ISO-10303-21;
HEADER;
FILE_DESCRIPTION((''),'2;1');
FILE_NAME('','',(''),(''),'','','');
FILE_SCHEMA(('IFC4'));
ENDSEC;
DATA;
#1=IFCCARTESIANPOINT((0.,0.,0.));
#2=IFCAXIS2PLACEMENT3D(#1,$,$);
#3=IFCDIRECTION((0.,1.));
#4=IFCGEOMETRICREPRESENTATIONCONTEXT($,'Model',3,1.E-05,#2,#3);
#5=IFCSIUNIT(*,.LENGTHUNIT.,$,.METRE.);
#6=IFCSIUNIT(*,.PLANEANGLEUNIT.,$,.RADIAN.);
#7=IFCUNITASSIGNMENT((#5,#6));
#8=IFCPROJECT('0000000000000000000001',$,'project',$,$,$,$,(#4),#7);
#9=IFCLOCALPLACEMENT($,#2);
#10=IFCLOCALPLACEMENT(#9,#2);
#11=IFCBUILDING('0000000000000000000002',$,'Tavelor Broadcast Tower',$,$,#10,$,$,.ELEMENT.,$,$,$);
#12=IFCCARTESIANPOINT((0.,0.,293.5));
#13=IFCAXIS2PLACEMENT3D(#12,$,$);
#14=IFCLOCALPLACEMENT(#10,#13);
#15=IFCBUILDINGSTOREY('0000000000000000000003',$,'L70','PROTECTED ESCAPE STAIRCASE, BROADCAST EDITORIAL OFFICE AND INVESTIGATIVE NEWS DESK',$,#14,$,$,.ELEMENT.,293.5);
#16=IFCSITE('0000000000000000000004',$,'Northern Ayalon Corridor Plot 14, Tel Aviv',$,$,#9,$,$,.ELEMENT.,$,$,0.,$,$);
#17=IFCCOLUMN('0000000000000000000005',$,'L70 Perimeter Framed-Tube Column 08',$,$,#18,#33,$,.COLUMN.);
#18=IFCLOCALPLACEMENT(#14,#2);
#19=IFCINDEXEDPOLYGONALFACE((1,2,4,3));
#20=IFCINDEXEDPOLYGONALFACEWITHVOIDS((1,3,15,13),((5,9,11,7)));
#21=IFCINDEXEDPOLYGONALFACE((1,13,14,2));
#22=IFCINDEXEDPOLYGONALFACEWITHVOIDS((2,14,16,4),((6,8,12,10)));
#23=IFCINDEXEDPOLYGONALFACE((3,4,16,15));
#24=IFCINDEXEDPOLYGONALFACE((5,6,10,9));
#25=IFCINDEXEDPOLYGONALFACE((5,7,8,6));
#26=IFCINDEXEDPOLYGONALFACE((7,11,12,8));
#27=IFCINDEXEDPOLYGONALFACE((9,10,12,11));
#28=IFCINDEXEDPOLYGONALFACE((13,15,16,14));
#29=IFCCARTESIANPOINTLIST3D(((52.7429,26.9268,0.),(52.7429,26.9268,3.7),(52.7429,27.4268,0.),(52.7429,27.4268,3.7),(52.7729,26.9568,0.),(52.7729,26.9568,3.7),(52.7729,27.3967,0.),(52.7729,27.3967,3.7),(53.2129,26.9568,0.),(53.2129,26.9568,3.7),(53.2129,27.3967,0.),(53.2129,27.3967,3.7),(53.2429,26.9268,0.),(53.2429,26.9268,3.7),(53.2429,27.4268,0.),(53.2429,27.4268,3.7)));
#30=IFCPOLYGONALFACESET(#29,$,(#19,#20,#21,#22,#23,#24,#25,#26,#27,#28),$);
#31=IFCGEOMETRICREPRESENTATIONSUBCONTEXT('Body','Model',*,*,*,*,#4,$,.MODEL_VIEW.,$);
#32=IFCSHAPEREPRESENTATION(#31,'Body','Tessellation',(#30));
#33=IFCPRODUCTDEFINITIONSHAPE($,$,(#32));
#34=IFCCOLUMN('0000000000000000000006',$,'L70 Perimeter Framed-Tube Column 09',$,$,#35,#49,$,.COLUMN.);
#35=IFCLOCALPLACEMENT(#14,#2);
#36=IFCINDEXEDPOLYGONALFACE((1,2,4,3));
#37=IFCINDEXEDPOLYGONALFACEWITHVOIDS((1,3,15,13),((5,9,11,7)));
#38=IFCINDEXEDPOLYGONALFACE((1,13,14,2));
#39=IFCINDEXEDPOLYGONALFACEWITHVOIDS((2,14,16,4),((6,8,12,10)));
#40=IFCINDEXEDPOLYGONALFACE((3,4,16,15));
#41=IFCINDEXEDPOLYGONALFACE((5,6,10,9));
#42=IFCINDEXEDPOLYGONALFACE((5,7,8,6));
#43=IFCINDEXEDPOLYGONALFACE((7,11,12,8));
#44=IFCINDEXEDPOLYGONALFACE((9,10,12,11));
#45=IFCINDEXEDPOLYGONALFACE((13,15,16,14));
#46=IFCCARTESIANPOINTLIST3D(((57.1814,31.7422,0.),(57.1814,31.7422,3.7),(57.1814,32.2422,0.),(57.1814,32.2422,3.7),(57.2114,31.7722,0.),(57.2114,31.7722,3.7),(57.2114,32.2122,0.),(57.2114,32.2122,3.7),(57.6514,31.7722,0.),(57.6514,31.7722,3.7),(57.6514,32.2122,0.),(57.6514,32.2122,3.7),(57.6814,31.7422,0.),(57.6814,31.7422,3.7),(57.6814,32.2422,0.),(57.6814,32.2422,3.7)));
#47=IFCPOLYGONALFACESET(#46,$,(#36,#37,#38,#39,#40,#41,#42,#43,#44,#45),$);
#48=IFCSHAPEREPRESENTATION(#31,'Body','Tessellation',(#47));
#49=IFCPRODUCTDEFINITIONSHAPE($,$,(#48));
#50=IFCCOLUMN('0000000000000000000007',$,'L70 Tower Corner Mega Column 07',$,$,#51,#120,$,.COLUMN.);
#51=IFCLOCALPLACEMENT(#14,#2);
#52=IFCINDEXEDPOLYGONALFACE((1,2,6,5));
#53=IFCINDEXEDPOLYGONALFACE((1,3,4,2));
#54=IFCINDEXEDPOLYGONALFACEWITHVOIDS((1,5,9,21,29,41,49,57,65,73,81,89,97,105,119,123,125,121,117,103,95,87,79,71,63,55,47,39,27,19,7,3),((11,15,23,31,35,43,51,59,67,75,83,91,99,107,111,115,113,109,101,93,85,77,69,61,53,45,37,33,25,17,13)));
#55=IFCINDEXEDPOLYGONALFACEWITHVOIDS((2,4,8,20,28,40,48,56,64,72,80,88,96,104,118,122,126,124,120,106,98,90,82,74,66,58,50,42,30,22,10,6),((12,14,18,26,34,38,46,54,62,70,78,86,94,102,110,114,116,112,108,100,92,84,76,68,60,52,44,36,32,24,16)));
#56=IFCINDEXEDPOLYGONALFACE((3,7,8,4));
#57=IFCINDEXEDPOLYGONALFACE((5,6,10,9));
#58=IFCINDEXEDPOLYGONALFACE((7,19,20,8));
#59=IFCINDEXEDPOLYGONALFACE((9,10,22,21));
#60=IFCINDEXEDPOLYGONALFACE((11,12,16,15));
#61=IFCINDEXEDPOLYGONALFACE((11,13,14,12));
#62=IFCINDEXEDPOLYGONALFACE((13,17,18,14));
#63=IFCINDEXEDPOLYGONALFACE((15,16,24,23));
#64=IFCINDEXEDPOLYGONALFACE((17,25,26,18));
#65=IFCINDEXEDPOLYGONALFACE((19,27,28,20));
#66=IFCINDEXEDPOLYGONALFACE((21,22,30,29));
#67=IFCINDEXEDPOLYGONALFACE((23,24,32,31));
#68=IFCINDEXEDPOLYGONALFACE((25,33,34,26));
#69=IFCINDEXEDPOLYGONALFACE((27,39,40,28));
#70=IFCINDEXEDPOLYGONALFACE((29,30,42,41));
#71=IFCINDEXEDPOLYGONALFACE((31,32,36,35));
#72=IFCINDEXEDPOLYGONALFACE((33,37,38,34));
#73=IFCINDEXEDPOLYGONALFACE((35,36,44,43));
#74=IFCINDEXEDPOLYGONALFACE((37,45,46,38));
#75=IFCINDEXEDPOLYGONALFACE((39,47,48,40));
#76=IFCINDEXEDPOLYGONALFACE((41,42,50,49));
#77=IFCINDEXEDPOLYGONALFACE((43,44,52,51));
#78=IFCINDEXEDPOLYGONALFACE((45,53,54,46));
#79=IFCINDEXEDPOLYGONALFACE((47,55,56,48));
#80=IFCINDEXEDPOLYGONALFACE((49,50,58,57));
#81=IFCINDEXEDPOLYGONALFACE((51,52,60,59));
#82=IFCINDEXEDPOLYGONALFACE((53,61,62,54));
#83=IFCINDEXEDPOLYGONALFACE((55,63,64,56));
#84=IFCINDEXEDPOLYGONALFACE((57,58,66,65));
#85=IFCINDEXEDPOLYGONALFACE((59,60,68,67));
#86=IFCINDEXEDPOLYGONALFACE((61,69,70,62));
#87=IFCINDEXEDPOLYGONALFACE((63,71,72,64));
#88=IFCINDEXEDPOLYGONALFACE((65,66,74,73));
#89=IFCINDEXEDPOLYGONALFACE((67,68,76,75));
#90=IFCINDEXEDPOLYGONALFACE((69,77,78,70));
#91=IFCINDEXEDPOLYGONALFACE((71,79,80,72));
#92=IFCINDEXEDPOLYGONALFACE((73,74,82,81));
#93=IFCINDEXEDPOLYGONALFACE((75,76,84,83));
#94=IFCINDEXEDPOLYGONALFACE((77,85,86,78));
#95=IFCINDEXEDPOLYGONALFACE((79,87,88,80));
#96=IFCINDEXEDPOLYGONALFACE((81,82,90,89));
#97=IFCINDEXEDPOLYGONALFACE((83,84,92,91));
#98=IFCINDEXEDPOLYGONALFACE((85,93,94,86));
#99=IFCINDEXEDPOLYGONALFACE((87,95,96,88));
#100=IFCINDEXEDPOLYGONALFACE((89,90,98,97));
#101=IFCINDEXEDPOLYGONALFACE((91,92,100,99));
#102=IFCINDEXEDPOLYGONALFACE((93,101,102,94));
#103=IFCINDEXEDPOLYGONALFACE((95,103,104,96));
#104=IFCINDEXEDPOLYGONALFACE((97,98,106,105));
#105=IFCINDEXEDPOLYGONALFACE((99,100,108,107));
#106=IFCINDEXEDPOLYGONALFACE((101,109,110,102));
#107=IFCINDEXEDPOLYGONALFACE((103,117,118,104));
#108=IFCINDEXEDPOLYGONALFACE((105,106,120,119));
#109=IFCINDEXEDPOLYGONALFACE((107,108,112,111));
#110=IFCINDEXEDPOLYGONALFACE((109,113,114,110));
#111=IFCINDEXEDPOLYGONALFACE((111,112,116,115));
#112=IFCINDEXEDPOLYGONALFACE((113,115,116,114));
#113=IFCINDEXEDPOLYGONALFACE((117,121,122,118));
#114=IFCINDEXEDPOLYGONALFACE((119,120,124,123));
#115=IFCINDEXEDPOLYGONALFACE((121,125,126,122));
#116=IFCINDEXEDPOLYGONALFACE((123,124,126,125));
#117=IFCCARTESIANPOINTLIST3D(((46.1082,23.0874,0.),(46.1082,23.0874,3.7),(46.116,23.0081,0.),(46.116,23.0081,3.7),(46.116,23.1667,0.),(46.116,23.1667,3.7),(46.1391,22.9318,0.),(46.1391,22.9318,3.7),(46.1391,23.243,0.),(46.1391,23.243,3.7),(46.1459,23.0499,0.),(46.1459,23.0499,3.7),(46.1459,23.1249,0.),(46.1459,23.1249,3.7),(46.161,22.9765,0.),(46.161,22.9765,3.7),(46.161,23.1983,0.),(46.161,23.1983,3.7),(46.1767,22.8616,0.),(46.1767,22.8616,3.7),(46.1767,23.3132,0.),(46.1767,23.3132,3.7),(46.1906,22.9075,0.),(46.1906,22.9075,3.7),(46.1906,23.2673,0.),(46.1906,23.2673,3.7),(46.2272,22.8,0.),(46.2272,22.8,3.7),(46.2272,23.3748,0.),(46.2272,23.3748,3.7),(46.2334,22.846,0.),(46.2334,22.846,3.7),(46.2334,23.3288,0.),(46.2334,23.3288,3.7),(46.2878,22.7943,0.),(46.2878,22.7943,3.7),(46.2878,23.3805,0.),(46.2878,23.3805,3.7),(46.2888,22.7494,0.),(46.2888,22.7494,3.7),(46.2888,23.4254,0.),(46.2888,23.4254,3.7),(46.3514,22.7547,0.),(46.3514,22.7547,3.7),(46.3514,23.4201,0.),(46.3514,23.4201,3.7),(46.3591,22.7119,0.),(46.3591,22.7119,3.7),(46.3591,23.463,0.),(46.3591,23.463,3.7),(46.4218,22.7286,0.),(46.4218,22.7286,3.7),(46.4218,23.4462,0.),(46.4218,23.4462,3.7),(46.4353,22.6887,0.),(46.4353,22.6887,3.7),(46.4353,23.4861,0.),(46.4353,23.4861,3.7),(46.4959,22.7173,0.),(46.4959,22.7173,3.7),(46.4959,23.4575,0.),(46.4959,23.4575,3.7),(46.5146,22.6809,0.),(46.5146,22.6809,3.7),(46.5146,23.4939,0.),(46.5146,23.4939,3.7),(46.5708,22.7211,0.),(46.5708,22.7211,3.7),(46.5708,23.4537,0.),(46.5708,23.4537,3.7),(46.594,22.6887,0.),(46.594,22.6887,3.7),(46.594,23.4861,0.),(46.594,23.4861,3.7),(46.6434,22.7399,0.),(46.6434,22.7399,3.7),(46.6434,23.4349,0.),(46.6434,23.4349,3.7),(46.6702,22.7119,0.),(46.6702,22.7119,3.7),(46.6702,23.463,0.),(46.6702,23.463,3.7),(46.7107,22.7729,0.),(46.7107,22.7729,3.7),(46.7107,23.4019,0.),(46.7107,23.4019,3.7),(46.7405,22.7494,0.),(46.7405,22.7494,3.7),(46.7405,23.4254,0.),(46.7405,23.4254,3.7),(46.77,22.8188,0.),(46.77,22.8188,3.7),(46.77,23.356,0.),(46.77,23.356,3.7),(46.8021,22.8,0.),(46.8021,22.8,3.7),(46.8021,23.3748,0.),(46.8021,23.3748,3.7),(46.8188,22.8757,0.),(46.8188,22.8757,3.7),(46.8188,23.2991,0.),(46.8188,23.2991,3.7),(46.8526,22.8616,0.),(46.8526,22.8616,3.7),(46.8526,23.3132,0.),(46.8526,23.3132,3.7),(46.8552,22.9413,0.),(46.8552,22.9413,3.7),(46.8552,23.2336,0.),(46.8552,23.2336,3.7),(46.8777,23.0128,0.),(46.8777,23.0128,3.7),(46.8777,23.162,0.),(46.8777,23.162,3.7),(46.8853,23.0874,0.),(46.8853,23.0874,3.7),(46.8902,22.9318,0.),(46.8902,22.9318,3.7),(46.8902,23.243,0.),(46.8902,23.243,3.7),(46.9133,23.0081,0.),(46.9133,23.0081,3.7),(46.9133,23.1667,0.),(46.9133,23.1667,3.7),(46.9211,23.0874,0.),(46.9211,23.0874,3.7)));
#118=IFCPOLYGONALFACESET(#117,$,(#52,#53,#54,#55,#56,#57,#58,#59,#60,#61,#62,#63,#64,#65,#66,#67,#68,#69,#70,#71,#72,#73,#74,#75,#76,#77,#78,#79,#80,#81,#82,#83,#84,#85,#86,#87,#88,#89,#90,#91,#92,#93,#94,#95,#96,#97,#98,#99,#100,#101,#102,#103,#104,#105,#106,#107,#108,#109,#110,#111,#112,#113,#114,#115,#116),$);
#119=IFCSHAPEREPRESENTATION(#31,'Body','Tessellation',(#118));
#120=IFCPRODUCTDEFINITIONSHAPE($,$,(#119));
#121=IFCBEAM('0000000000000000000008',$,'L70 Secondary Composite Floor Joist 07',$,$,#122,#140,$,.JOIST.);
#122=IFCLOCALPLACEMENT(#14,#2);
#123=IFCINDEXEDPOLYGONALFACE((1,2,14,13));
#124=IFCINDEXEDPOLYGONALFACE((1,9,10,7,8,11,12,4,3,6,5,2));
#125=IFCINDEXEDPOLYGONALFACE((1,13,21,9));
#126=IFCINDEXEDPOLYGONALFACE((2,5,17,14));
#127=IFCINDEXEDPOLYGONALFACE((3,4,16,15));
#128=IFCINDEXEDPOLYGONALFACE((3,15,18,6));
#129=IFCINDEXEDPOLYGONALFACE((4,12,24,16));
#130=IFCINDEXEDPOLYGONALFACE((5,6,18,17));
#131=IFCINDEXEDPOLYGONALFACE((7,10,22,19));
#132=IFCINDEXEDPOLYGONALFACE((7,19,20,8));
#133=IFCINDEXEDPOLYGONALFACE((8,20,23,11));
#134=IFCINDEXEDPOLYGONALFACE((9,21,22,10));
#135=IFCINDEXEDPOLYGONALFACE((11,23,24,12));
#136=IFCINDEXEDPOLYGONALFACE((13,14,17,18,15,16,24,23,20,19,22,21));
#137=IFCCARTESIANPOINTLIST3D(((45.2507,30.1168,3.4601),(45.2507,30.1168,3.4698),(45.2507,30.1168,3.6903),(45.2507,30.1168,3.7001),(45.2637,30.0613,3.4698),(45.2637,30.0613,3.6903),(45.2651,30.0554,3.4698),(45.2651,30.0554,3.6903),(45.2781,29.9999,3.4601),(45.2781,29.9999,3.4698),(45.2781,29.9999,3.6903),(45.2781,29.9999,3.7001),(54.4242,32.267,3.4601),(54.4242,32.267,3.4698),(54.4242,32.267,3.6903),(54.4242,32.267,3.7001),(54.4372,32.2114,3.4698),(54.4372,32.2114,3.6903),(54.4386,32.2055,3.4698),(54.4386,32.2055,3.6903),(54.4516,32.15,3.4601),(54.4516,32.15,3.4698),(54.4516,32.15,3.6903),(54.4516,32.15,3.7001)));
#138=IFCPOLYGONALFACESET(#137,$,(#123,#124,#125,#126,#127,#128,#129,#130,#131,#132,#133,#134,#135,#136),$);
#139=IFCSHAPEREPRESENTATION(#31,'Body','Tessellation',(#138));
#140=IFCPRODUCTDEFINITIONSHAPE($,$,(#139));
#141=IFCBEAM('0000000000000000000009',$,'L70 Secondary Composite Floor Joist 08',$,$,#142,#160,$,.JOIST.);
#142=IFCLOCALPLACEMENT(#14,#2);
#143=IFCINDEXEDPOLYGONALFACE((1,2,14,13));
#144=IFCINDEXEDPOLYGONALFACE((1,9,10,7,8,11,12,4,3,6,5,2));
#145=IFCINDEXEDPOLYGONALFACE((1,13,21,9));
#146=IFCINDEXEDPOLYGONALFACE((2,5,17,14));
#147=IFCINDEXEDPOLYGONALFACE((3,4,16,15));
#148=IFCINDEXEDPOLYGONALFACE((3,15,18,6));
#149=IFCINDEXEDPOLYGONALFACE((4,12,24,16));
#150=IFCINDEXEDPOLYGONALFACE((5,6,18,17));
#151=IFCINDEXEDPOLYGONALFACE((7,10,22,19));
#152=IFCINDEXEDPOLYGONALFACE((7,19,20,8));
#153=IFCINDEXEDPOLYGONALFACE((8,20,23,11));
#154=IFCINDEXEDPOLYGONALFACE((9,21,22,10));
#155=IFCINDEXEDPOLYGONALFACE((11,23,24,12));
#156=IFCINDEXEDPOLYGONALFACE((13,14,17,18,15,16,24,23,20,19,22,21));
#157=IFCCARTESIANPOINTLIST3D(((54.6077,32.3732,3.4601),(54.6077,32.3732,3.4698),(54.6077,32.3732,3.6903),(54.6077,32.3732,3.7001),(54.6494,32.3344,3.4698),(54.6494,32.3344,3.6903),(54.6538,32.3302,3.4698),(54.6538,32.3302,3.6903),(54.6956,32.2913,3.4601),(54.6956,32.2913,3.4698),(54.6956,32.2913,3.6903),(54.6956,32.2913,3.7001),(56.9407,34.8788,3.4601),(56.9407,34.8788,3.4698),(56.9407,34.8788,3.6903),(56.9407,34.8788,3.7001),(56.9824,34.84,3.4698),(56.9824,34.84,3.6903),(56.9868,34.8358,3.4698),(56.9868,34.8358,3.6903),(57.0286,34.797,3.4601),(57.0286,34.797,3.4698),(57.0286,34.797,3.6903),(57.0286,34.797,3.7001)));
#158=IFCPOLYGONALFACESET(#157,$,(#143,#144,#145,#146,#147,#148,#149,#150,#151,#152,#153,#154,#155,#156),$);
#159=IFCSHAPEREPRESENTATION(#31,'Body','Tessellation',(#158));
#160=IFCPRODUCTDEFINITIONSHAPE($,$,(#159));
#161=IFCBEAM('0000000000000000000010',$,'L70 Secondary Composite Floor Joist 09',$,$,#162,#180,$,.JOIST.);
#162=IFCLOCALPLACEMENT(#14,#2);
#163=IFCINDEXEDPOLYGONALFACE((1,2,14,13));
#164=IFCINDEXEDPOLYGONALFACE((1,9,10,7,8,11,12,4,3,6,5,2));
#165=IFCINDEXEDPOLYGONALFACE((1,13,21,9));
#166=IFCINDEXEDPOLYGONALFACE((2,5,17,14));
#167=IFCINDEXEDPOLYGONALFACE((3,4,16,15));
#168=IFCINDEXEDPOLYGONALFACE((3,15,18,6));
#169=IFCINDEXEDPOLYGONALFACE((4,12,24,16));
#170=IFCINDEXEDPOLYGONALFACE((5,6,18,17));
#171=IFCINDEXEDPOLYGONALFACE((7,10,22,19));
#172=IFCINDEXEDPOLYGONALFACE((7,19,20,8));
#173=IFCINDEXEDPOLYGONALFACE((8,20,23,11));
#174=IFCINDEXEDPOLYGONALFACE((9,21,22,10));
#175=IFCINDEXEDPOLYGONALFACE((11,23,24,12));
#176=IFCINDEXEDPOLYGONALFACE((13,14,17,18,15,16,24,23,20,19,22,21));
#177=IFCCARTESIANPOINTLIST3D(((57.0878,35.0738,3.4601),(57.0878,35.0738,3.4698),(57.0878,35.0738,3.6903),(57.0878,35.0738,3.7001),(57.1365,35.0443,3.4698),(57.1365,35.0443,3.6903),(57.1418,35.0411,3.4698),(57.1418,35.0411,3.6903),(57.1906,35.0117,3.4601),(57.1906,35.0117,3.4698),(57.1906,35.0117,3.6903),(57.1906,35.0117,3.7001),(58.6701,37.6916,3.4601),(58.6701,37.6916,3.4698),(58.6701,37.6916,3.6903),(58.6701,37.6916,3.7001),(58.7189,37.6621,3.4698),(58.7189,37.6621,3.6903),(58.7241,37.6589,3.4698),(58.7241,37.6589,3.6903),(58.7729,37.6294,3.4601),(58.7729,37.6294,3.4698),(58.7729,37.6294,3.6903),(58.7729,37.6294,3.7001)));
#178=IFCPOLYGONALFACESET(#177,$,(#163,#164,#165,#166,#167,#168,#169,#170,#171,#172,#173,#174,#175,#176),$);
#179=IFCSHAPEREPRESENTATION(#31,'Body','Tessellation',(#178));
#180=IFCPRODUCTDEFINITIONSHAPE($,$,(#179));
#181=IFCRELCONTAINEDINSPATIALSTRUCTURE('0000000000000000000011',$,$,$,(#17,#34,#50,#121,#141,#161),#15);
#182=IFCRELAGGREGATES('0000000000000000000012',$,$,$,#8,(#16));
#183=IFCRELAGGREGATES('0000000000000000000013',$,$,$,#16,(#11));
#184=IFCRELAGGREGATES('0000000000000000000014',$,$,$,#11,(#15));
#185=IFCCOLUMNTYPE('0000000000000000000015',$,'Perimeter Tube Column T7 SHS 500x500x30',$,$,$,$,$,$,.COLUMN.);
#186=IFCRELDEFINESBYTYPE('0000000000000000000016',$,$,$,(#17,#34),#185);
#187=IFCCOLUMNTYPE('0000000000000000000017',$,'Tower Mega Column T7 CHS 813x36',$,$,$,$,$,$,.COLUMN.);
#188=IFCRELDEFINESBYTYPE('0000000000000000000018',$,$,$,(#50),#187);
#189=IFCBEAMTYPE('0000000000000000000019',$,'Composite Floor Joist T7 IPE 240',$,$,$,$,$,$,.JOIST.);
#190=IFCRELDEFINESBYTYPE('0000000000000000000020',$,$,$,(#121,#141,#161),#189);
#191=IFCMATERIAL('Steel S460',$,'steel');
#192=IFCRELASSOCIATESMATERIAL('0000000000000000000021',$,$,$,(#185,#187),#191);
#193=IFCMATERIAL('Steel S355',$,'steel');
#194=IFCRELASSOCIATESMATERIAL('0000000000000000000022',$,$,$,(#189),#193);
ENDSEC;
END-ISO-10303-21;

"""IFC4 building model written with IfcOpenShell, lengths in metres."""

from ifc_helpers import new_model, si_unit, direction, frame, origin, origin_2d, place, context, subcontext, project, spatial, hollow_rectangle, hollow_circle, i_section, extrude, material, material_profile, profile_set, type_object, element, save


model = new_model("IFC4")

# Units and contexts
model_context = context("Model", 3, precision=1e-05, world=origin(), true_north=direction((0.0, 1.0)))
body_context = subcontext(model_context, "Body", "Model", "MODEL_VIEW")
ifc_project = project(units=[si_unit("LENGTHUNIT", "METRE"), si_unit("PLANEANGLEUNIT", "RADIAN")], contexts=[model_context])

# Site, building, storey
site_placement = place(None, origin())
site = spatial("IfcSite", under=ifc_project, at=site_placement, Name="Northern Ayalon Corridor Plot 14, Tel Aviv", CompositionType="ELEMENT", RefElevation=0.0)
building_placement = place(site_placement, origin())
building = spatial("IfcBuilding", under=site, at=building_placement, Name="Tavelor Broadcast Tower", CompositionType="ELEMENT")
storey_placement = place(building_placement, frame((0.0, 0.0, 293.5)))
storey = spatial("IfcBuildingStorey", under=building, at=storey_placement, Name="L70", Description="PROTECTED ESCAPE STAIRCASE, BROADCAST EDITORIAL OFFICE AND INVESTIGATIVE NEWS DESK", CompositionType="ELEMENT", Elevation=293.5)

# Columns
ifc_material_1 = material(Name="Steel S460", Category="steel")
ifc_material_profile_1 = material_profile(ifc_material_1, hollow_rectangle(XDim=0.5, YDim=0.5, WallThickness=0.03, at=origin_2d()), Name="SHS 500x500x30")
ifc_profile_set_1 = profile_set([ifc_material_profile_1], Name="Steel S460")
column_type_1 = type_object("IfcColumnType", Name="Perimeter Tube Column T7 SHS 500x500x30", PredefinedType="COLUMN", material=ifc_profile_set_1)
for number, where, z_axis, x_axis, name in (
    (1, (52.9929, 27.1768, 0.0), (0.0, 0.0, 1.0), (1.0, 0.0, 0.0), "L70 Perimeter Framed-Tube Column 08"),
    (2, (57.4314, 31.9922, 0.0), (0.0, 0.0, 1.0), (1.0, 0.0, 0.0), "L70 Perimeter Framed-Tube Column 09"),
):
    element("IfcColumn", number, at=place(storey_placement, frame(where, z_axis=z_axis, x_axis=x_axis)), inside=storey, type_object=column_type_1, Name=name, PredefinedType="COLUMN", context=body_context, shape_type="SweptSolid", body=[
        extrude(hollow_rectangle(XDim=0.5, YDim=0.5, WallThickness=0.03, at=origin_2d()), origin(), (0.0, 0.0, 1.0), 3.7),
    ])
ifc_material_profile_2 = material_profile(ifc_material_1, hollow_circle(Radius=0.4065, WallThickness=0.0359, at=origin_2d()), Name="CHS 813x36")
ifc_profile_set_2 = profile_set([ifc_material_profile_2], Name="Steel S460")
column_type_2 = type_object("IfcColumnType", Name="Tower Mega Column T7 CHS 813x36", PredefinedType="COLUMN", material=ifc_profile_set_2)
column_placement = place(storey_placement, frame((46.5146, 23.0874, 0.0), z_axis=(0.0, 0.0, 1.0), x_axis=(1.0, 0.0, 0.0)))
element("IfcColumn", 3, at=column_placement, inside=storey, type_object=column_type_2, Name="L70 Tower Corner Mega Column 07", PredefinedType="COLUMN", context=body_context, shape_type="SweptSolid", body=[
    extrude(hollow_circle(Radius=0.4065, WallThickness=0.0359, at=origin_2d()), origin(), (0.0, 0.0, 1.0), 3.7),
])

# Beams
ifc_material_2 = material(Name="Steel S355", Category="steel")
ifc_material_profile_3 = material_profile(ifc_material_2, i_section(OverallWidth=0.1201, OverallDepth=0.24, WebThickness=0.0061, FlangeThickness=0.0098, at=origin_2d()), Name="IPE 240")
ifc_profile_set_3 = profile_set([ifc_material_profile_3], Name="Steel S355")
beam_type_1 = type_object("IfcBeamType", Name="Composite Floor Joist T7 IPE 240", PredefinedType="JOIST", material=ifc_profile_set_3)
beam_1_placement = place(storey_placement, frame((45.2644, 30.0583, 3.5801), z_axis=(0.973614, 0.2282, 0.0), x_axis=(-0.2282, 0.973614, 0.0)))
element("IfcBeam", 4, at=beam_1_placement, inside=storey, type_object=beam_type_1, Name="L70 Secondary Composite Floor Joist 07", PredefinedType="JOIST", context=body_context, shape_type="SweptSolid", body=[
    extrude(i_section(OverallWidth=0.1201, OverallDepth=0.24, WebThickness=0.0061, FlangeThickness=0.0098, at=origin_2d()), origin(), (0.0, 0.0, 1.0), 9.4221),
])
beam_2_placement = place(storey_placement, frame((54.6516, 32.3323, 3.5801), z_axis=(0.681449, 0.731866, 0.0), x_axis=(-0.731866, 0.681449, 0.0)))
element("IfcBeam", 5, at=beam_2_placement, inside=storey, type_object=beam_type_1, Name="L70 Secondary Composite Floor Joist 08", PredefinedType="JOIST", context=body_context, shape_type="SweptSolid", body=[
    extrude(i_section(OverallWidth=0.1201, OverallDepth=0.24, WebThickness=0.0061, FlangeThickness=0.0098, at=origin_2d()), origin(), (0.0, 0.0, 1.0), 3.4236),
])
beam_3_placement = place(storey_placement, frame((57.1392, 35.0427, 3.5801), z_axis=(0.517298, 0.855805, 0.0), x_axis=(-0.855805, 0.517298, 0.0)))
element("IfcBeam", 6, at=beam_3_placement, inside=storey, type_object=beam_type_1, Name="L70 Secondary Composite Floor Joist 09", PredefinedType="JOIST", context=body_context, shape_type="SweptSolid", body=[
    extrude(i_section(OverallWidth=0.1201, OverallDepth=0.24, WebThickness=0.0061, FlangeThickness=0.0098, at=origin_2d()), origin(), (0.0, 0.0, 1.0), 3.0588),
])

save(model, "model.ifc")
